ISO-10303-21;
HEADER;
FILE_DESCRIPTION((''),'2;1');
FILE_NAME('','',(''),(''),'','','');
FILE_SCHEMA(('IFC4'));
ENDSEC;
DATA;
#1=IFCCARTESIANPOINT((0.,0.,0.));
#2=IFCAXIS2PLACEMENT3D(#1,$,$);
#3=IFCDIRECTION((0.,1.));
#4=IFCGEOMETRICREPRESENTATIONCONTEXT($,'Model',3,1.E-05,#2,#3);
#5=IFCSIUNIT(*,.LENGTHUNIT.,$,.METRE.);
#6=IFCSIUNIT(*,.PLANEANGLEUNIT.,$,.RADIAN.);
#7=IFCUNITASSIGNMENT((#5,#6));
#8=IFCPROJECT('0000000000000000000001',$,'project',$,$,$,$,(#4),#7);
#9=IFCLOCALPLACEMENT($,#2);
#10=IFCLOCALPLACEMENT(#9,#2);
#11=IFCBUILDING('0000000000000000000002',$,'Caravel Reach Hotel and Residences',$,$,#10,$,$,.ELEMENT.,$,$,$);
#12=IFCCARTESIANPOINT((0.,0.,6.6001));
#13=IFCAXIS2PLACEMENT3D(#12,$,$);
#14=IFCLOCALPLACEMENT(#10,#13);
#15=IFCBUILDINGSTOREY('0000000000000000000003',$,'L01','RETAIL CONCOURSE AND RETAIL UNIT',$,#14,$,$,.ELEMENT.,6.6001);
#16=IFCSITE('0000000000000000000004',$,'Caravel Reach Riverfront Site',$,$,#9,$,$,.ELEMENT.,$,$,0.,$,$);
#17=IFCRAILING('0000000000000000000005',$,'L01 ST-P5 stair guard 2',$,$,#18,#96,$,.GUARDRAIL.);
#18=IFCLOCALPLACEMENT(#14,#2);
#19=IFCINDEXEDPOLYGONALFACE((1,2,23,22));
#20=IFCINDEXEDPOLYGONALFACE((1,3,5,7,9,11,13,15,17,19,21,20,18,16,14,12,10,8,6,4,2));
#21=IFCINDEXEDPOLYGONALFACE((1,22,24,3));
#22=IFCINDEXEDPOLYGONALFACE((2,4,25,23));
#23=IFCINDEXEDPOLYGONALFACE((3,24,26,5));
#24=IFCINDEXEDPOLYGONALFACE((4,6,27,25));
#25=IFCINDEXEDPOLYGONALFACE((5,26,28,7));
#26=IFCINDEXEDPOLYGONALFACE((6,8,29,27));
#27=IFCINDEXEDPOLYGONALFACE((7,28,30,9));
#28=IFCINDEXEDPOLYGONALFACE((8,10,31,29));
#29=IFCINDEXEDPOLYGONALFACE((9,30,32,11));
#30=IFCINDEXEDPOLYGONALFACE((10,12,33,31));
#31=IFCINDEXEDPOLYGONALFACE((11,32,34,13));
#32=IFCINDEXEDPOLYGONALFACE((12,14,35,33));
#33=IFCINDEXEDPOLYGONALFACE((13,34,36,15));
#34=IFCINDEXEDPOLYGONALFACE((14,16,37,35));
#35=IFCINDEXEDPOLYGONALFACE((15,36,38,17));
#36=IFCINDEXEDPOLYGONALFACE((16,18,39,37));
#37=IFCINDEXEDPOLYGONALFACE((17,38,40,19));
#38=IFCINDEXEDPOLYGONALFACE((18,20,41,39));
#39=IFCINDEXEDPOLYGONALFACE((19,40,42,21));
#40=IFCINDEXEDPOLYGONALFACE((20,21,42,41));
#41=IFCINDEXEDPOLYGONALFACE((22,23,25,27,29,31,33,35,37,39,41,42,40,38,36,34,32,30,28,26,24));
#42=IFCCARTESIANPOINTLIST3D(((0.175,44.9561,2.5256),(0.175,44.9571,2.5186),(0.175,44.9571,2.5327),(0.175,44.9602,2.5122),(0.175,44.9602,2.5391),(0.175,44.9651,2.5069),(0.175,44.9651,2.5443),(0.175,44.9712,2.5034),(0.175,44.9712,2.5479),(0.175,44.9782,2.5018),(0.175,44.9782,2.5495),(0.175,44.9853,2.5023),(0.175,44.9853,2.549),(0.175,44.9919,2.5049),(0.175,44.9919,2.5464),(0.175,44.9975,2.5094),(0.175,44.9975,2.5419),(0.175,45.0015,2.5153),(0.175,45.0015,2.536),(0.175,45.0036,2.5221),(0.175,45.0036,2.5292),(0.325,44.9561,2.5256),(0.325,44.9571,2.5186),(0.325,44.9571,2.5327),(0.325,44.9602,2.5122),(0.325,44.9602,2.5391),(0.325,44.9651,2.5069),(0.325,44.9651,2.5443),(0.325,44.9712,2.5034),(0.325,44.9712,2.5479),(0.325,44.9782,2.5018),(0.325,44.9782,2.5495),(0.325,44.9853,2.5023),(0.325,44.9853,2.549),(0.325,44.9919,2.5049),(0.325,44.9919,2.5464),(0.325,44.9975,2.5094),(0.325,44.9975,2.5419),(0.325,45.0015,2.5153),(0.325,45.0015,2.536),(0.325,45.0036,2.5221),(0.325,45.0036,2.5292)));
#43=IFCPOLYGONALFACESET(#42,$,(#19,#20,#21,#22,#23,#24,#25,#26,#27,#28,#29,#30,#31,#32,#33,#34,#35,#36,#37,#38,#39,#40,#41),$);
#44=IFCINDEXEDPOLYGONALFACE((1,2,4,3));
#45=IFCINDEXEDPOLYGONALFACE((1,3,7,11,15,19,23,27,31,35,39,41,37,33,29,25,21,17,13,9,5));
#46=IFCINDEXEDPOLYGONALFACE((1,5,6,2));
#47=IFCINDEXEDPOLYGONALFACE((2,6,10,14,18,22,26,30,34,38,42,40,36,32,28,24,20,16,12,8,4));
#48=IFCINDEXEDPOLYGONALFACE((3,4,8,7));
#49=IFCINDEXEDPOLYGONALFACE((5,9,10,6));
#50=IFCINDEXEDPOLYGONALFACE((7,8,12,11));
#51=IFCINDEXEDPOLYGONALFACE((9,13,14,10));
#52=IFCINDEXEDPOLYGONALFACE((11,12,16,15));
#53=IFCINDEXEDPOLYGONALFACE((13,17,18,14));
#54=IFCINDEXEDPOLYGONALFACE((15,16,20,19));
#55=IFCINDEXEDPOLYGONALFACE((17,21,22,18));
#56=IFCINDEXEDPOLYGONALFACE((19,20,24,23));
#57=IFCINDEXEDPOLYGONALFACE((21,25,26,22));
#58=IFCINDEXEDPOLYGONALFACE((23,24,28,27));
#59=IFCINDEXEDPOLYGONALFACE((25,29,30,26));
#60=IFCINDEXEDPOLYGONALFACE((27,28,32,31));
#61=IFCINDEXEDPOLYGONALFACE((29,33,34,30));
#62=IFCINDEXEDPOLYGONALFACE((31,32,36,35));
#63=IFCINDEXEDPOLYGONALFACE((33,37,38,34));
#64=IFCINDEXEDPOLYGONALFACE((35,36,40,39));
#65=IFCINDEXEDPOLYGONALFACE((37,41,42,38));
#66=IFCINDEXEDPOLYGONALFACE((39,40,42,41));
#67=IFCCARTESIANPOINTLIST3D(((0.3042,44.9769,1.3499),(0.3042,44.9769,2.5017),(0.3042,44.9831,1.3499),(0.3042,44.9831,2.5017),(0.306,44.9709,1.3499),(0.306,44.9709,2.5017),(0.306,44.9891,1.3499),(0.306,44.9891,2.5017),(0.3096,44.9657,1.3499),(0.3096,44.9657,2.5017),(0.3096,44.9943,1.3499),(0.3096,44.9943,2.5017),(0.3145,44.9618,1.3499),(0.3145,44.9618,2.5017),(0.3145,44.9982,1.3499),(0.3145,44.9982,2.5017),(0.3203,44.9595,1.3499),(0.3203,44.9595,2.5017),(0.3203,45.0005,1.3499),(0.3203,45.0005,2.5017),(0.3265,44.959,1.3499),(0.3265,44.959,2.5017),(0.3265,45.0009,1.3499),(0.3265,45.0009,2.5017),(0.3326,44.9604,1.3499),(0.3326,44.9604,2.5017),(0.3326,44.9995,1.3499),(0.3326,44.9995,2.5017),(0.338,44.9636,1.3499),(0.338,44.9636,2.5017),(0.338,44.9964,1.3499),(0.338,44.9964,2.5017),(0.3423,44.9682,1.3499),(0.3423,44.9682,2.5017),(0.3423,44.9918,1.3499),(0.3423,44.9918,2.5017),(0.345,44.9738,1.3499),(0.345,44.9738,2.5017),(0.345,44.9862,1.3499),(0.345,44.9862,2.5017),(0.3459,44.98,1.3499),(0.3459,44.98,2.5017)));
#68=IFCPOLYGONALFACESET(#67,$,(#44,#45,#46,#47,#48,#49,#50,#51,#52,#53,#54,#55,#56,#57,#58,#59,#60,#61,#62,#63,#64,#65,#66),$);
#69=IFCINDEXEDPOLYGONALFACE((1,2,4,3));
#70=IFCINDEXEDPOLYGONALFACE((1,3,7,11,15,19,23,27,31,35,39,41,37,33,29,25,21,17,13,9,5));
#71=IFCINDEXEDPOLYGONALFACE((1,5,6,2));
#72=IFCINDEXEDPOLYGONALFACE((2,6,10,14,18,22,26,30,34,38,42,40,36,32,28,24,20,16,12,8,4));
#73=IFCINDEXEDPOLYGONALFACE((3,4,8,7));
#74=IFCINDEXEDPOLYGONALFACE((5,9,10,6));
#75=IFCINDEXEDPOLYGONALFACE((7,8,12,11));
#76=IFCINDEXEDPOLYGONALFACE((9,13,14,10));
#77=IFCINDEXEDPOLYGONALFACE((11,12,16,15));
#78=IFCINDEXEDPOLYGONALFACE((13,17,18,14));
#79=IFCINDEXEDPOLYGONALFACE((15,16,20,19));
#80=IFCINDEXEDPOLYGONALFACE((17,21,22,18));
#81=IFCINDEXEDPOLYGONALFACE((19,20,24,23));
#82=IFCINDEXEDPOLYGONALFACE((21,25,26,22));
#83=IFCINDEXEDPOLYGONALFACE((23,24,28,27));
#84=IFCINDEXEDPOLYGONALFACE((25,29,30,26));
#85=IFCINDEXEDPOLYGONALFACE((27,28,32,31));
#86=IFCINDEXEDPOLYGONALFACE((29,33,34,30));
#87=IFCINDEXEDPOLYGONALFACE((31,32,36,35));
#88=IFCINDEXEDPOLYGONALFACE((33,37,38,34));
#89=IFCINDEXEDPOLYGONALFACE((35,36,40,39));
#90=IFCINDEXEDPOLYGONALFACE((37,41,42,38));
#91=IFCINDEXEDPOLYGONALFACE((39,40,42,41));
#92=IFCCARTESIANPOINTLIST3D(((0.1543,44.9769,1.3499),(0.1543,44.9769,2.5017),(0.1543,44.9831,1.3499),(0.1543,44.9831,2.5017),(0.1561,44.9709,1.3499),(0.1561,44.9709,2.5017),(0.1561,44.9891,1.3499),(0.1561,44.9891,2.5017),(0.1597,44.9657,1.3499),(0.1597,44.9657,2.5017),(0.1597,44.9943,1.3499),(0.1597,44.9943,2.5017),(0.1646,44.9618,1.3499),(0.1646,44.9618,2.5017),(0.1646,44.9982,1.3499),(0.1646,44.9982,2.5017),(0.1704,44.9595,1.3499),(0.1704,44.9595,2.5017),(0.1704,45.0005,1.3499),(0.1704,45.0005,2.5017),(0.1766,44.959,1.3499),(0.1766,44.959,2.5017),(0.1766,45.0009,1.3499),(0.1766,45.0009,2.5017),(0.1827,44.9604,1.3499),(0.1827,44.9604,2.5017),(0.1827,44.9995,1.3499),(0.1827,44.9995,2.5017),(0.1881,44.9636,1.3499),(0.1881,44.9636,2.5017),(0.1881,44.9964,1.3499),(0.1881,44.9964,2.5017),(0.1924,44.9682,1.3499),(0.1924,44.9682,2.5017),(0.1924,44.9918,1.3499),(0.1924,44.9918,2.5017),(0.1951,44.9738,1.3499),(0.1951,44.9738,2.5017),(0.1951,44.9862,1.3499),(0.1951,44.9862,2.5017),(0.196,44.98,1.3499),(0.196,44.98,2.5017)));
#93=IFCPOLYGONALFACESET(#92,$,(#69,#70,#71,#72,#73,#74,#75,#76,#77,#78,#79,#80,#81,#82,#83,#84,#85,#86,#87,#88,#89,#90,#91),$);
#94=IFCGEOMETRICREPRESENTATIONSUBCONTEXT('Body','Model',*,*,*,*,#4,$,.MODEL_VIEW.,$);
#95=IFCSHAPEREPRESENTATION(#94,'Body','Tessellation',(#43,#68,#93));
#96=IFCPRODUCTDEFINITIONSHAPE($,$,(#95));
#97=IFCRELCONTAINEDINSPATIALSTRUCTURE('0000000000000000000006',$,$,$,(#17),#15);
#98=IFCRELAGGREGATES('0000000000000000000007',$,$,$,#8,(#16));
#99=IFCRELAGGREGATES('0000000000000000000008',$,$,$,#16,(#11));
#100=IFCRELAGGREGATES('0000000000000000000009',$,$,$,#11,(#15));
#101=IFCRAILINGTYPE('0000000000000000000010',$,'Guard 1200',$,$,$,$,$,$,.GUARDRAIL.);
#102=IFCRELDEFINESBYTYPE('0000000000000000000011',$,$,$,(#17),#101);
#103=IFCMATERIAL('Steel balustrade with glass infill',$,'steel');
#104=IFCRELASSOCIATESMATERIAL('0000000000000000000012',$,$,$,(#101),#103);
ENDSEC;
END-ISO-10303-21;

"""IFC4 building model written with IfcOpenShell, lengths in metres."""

from ifc_helpers import new_model, si_unit, direction, frame, origin, origin_2d, place, context, subcontext, project, spatial, circle, extrude, material, type_object, element, save


model = new_model("IFC4")

# Units and contexts
model_context = context("Model", 3, precision=1e-05, world=origin(), true_north=direction((0.0, 1.0)))
body_context = subcontext(model_context, "Body", "Model", "MODEL_VIEW")
ifc_project = project(units=[si_unit("LENGTHUNIT", "METRE"), si_unit("PLANEANGLEUNIT", "RADIAN")], contexts=[model_context])

# Site, building, storey
site_placement = place(None, origin())
site = spatial("IfcSite", under=ifc_project, at=site_placement, Name="Caravel Reach Riverfront Site", CompositionType="ELEMENT", RefElevation=0.0)
building_placement = place(site_placement, origin())
building = spatial("IfcBuilding", under=site, at=building_placement, Name="Caravel Reach Hotel and Residences", CompositionType="ELEMENT")
storey_placement = place(building_placement, frame((0.0, 0.0, 6.6001)))
storey = spatial("IfcBuildingStorey", under=building, at=storey_placement, Name="L01", Description="RETAIL CONCOURSE AND RETAIL UNIT", CompositionType="ELEMENT", Elevation=6.6001)

# Railing
ifc_material_1 = material(Name="Steel balustrade with glass infill", Category="steel")
railing_type_1 = type_object("IfcRailingType", Name="Guard 1200", PredefinedType="GUARDRAIL", material=ifc_material_1)
railing_1_placement = place(storey_placement, frame((0.325, 44.98, 1.3499)))
element("IfcRailing", 1, at=railing_1_placement, inside=storey, type_object=railing_type_1, Name="L01 ST-P5 stair guard 2", PredefinedType="GUARDRAIL", context=body_context, shape_type="SweptSolid", body=[
    extrude(circle(Radius=0.0239, at=origin_2d()), frame((0.0, 0.0, 1.1758), z_axis=(-1.0, 0.0, 0.0), x_axis=(0.0, -1.0, 0.0)), (0.0, 0.0, 1.0), 0.1499),
    extrude(circle(Radius=0.021, at=origin_2d()), origin(), (0.0, 0.0, 1.0), 1.1519),
    extrude(circle(Radius=0.021, at=origin_2d()), frame((-0.1499, 0.0, 0.0)), (0.0, 0.0, 1.0), 1.1519),
])

save(model, "model.ifc")
